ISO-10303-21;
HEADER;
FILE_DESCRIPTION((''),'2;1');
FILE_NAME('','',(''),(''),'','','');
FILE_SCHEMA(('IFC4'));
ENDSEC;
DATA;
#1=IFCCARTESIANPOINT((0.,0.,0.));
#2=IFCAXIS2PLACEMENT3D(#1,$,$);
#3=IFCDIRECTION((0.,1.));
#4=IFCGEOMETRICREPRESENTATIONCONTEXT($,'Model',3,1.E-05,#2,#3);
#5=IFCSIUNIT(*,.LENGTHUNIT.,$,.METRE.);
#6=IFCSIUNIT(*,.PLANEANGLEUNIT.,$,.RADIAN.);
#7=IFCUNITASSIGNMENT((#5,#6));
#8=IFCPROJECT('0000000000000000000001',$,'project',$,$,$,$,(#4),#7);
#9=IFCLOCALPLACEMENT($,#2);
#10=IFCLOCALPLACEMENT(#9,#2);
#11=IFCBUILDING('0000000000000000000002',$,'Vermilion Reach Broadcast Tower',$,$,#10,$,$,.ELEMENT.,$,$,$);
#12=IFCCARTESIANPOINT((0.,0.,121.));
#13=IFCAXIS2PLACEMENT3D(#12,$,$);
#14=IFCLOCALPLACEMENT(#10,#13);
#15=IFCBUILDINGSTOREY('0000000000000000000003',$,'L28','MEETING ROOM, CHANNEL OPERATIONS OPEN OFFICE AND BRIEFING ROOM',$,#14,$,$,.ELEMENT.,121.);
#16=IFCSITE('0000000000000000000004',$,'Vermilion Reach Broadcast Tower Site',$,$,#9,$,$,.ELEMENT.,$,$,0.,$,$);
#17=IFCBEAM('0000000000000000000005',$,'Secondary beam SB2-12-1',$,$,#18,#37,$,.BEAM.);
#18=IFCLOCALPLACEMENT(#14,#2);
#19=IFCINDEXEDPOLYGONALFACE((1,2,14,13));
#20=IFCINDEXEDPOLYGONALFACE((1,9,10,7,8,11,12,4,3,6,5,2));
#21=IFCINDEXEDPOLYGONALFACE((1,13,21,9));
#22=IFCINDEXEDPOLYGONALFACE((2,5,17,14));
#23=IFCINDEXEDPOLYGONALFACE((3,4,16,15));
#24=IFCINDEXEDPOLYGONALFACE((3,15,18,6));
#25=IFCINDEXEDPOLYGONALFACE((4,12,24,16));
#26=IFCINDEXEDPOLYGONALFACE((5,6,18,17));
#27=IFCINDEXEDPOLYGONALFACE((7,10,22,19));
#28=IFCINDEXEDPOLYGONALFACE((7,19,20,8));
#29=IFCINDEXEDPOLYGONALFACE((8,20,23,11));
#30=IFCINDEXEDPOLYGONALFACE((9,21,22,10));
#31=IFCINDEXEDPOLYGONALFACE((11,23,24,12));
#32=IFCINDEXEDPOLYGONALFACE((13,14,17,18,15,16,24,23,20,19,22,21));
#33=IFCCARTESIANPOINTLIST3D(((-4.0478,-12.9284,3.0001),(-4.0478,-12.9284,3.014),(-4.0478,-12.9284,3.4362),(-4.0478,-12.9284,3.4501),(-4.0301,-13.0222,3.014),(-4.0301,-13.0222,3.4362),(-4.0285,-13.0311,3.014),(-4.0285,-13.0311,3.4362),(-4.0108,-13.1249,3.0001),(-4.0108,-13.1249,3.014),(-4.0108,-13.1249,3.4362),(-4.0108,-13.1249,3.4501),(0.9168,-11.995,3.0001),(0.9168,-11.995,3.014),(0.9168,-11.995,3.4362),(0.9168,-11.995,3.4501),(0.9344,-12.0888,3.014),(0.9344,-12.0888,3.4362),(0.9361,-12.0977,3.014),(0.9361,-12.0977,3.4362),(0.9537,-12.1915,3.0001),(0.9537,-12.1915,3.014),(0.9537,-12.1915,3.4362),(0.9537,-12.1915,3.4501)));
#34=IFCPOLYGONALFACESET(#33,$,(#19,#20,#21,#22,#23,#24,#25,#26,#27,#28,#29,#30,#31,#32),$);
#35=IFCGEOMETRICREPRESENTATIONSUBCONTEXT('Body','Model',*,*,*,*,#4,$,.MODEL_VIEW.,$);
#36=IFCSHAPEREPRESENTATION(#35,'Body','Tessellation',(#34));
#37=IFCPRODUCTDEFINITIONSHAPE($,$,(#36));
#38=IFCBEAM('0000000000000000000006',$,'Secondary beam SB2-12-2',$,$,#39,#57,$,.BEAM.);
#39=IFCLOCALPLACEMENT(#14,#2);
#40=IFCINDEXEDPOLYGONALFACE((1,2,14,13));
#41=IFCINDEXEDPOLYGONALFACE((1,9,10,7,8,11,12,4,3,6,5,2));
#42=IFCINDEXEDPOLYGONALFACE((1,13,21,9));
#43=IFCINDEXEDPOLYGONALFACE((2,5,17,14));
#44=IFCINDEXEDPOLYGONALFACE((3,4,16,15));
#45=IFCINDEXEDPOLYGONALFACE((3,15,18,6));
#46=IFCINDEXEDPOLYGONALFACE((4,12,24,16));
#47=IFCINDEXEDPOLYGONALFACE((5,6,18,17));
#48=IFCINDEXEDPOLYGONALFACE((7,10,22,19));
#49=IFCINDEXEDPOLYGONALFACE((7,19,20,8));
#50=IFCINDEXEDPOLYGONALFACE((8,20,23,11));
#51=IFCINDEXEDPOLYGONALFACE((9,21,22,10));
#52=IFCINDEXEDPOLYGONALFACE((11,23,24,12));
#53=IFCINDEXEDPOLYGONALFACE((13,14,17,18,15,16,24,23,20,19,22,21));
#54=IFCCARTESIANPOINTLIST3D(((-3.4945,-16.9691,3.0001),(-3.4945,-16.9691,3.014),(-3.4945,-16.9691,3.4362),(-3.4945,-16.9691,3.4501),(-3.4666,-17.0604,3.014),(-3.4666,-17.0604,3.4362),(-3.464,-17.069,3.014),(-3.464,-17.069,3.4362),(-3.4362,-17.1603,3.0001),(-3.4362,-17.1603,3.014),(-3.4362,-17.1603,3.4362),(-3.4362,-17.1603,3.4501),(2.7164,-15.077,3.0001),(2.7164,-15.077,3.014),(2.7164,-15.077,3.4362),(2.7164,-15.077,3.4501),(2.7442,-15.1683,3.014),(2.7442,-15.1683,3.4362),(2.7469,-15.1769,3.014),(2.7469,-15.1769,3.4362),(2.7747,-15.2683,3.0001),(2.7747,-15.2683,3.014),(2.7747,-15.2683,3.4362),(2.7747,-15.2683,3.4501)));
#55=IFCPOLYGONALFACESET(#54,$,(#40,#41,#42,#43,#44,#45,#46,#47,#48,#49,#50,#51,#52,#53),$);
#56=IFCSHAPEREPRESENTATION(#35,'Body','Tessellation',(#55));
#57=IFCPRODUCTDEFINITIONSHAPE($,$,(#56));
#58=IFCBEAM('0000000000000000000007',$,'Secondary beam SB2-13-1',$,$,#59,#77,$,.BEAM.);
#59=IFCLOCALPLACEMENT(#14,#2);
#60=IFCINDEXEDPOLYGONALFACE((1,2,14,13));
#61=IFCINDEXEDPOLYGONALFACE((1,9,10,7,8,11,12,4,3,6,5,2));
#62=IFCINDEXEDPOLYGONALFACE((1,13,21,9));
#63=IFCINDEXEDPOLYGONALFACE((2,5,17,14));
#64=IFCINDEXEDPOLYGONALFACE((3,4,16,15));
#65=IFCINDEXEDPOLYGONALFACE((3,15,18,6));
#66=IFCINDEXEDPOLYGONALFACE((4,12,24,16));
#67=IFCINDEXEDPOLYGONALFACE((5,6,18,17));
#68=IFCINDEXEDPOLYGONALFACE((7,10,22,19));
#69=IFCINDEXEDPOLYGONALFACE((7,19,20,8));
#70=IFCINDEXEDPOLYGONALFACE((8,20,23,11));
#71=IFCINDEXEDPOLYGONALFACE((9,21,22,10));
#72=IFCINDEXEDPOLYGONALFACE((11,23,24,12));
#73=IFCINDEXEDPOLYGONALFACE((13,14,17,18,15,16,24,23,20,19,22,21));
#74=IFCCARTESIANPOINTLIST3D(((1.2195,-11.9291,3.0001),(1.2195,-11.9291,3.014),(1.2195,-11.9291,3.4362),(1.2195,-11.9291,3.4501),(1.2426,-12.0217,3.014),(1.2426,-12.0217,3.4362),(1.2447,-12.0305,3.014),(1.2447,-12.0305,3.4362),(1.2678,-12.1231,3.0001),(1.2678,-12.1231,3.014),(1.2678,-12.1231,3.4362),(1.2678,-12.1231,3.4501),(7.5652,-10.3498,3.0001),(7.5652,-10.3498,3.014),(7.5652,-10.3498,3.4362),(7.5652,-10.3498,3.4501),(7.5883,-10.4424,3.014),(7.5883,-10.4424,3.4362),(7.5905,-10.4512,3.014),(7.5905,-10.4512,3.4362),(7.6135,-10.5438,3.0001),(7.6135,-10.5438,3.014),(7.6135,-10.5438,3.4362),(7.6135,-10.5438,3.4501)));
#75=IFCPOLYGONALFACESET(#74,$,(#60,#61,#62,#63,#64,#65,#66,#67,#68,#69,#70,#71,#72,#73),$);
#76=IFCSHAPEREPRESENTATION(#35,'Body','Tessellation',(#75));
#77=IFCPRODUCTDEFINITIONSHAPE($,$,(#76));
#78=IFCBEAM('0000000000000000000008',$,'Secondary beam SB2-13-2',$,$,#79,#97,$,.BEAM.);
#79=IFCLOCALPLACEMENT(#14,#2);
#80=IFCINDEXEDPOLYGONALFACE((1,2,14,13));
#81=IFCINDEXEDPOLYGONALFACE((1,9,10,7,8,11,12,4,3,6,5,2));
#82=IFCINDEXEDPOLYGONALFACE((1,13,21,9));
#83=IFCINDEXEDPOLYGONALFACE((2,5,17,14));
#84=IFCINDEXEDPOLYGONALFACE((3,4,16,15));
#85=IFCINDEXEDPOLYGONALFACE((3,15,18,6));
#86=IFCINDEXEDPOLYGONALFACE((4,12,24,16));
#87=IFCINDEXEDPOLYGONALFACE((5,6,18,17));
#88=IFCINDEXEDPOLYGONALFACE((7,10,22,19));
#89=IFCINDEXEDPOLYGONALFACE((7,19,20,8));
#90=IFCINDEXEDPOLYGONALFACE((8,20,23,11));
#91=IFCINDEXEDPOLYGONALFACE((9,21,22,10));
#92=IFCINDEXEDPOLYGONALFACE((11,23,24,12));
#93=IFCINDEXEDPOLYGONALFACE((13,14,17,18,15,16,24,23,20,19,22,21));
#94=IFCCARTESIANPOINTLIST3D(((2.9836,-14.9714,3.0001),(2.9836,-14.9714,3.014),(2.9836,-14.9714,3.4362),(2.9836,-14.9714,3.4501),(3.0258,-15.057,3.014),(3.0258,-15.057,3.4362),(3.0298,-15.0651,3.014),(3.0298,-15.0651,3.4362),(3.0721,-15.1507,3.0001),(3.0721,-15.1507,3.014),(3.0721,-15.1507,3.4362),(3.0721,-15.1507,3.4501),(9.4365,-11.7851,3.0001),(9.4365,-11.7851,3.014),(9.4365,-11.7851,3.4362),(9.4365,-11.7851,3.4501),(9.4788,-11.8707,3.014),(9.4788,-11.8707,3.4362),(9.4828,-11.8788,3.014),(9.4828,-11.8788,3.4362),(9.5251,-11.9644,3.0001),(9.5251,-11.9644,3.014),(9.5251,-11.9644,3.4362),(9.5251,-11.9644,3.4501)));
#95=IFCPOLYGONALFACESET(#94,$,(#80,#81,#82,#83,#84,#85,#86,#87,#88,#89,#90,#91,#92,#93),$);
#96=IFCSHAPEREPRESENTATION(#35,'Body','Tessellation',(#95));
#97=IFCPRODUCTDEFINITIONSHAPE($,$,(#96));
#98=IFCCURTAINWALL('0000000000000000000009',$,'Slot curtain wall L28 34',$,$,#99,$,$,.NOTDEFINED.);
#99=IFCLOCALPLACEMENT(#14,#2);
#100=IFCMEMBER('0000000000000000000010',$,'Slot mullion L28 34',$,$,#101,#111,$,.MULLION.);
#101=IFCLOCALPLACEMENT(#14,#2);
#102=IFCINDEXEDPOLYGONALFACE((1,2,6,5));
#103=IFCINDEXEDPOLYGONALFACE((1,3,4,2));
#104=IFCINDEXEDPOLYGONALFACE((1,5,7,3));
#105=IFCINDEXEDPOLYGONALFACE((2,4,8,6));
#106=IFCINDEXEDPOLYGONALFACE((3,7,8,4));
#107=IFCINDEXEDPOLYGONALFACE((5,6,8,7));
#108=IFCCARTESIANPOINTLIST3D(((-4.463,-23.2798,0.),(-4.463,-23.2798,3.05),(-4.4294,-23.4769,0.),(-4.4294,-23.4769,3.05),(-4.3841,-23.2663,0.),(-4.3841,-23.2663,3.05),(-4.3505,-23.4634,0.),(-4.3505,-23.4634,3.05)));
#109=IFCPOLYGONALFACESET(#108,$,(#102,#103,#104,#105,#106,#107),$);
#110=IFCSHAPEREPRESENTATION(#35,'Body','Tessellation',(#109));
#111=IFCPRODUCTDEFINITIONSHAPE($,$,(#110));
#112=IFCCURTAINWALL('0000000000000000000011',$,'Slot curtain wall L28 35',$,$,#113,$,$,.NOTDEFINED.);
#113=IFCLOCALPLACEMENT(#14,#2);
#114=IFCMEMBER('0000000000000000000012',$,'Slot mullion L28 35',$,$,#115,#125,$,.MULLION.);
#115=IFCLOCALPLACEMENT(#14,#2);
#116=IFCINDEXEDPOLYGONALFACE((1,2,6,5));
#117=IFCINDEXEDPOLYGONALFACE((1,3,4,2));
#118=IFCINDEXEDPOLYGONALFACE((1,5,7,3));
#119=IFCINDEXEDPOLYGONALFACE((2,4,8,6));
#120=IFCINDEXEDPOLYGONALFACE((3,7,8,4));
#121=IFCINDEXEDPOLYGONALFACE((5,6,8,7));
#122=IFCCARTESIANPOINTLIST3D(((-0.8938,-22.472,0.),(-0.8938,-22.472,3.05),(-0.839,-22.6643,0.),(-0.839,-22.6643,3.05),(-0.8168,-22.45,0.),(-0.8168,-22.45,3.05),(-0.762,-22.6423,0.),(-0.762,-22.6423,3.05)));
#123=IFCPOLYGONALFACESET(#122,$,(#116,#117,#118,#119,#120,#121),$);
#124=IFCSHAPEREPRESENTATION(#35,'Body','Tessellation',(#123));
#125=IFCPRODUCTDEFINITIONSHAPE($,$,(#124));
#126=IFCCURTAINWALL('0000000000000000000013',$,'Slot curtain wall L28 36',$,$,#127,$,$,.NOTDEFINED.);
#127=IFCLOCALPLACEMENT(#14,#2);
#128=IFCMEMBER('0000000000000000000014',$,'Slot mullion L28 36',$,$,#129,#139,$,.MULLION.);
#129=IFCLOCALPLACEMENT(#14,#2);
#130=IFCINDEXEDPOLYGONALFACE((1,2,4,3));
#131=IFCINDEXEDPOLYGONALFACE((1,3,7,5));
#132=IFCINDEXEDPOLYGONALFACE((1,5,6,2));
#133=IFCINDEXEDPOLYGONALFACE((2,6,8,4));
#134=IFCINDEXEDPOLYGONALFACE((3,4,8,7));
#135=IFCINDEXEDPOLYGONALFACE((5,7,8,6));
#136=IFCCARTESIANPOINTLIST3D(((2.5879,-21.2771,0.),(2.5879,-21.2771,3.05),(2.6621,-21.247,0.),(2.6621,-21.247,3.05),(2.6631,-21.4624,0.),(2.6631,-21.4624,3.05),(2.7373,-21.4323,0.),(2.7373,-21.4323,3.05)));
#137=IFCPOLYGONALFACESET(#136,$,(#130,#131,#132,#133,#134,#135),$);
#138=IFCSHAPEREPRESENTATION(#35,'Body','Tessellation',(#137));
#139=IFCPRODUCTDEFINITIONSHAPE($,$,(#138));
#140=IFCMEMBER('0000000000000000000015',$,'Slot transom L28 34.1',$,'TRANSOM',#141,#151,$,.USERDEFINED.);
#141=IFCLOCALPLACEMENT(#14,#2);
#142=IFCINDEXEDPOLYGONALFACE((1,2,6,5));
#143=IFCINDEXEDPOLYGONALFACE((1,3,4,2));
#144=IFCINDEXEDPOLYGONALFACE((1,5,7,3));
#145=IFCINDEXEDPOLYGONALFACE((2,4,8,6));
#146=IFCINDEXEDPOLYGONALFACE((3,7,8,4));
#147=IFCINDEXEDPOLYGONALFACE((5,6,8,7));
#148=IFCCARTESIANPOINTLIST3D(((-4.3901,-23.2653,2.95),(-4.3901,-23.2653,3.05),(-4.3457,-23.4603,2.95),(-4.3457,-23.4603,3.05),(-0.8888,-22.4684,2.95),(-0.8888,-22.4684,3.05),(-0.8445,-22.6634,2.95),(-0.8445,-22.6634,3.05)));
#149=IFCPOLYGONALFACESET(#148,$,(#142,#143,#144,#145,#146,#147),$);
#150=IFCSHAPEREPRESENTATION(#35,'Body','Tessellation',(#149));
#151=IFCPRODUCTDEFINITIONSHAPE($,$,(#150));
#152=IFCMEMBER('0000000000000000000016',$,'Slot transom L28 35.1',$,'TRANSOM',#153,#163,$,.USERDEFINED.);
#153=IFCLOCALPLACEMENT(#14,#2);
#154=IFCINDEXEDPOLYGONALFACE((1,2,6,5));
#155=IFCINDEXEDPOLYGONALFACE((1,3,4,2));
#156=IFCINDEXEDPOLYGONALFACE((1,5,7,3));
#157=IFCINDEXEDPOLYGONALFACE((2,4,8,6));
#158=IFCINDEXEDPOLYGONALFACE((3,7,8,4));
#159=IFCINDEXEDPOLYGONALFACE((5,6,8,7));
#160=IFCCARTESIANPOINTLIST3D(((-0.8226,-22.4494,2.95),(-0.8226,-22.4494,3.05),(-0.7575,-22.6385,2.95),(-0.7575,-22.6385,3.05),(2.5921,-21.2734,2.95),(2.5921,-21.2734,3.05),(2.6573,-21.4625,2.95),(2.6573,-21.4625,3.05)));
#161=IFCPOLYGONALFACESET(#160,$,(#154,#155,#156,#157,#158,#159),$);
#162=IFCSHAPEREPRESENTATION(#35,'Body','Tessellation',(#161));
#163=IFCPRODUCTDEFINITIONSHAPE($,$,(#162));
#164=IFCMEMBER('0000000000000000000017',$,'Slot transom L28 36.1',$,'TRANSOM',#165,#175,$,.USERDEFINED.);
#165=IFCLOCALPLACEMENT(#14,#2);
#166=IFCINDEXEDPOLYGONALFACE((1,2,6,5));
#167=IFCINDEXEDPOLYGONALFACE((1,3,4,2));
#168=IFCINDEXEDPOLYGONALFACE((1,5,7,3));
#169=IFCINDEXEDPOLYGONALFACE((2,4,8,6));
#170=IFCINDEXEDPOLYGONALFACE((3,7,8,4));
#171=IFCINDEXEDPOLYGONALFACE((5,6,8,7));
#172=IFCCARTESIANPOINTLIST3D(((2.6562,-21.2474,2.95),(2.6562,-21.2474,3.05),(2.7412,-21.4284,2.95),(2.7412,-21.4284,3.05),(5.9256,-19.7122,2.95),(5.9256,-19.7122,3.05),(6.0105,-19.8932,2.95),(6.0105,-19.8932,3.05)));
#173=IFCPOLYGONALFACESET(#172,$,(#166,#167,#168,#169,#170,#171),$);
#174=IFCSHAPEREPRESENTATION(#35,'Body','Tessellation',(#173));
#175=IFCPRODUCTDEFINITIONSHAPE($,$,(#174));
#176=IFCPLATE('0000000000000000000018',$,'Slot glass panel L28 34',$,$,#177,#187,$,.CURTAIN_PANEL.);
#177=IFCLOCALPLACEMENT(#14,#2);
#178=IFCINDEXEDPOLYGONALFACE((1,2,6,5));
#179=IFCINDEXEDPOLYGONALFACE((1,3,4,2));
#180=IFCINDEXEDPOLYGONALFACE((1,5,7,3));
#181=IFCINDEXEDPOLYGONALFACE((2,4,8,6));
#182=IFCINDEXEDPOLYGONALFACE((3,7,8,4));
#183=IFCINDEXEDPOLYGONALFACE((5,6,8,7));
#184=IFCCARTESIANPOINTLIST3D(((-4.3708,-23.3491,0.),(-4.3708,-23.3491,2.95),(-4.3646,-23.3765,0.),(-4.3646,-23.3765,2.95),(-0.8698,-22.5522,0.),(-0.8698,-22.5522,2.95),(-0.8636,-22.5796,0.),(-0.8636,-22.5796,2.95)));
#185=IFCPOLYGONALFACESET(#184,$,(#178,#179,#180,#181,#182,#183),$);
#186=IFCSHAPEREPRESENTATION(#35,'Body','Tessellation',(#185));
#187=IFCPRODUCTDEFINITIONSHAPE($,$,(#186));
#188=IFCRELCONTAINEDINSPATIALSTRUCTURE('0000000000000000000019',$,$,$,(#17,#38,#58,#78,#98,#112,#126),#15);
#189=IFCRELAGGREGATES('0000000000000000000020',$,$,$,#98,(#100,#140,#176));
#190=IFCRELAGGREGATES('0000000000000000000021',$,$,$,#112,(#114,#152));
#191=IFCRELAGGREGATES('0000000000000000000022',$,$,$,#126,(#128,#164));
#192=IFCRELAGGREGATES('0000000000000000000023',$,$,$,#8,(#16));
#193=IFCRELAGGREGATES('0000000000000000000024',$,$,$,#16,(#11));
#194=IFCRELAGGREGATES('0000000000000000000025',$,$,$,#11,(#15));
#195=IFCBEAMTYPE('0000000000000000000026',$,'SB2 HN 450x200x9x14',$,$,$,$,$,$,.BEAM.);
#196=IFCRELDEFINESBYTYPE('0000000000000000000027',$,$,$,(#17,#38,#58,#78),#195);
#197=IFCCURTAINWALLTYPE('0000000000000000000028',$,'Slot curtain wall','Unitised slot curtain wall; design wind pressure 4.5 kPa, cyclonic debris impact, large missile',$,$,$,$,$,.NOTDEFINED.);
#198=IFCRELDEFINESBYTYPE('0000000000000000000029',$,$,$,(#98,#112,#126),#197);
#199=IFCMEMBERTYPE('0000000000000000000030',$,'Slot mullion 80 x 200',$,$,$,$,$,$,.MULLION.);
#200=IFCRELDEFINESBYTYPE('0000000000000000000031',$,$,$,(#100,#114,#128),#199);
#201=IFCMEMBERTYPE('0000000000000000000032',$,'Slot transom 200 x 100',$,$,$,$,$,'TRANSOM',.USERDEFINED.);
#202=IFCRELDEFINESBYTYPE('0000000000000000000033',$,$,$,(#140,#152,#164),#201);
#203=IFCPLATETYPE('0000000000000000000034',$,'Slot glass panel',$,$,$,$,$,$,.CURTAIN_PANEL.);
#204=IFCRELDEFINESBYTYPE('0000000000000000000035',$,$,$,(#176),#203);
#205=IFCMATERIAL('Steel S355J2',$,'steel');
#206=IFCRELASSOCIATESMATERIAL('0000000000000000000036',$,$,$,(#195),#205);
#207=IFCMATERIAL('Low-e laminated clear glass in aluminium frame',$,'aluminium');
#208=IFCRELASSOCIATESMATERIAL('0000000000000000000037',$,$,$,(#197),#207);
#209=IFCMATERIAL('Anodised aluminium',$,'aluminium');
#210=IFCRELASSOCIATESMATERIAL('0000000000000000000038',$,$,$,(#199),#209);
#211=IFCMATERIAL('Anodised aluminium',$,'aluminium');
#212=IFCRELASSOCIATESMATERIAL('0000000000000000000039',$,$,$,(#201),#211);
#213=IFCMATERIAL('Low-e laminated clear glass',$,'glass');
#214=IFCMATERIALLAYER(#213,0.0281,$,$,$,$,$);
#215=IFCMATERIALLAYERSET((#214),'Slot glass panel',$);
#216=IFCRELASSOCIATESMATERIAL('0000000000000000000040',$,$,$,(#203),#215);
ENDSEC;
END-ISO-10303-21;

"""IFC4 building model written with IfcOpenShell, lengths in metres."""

from ifc_helpers import new_model, si_unit, direction, frame, origin, origin_2d, place, context, subcontext, project, spatial, rectangle, i_section, extrude, material, layer, layer_set, material_profile, profile_set, type_object, element, aggregate, save


model = new_model("IFC4")

# Units and contexts
model_context = context("Model", 3, precision=1e-05, world=origin(), true_north=direction((0.0, 1.0)))
body_context = subcontext(model_context, "Body", "Model", "MODEL_VIEW")
ifc_project = project(units=[si_unit("LENGTHUNIT", "METRE"), si_unit("PLANEANGLEUNIT", "RADIAN")], contexts=[model_context])

# Site, building, storey
site_placement = place(None, origin())
site = spatial("IfcSite", under=ifc_project, at=site_placement, Name="Vermilion Reach Broadcast Tower Site", CompositionType="ELEMENT", RefElevation=0.0)
building_placement = place(site_placement, origin())
building = spatial("IfcBuilding", under=site, at=building_placement, Name="Vermilion Reach Broadcast Tower", CompositionType="ELEMENT")
storey_placement = place(building_placement, frame((0.0, 0.0, 121.0)))
storey = spatial("IfcBuildingStorey", under=building, at=storey_placement, Name="L28", Description="MEETING ROOM, CHANNEL OPERATIONS OPEN OFFICE AND BRIEFING ROOM", CompositionType="ELEMENT", Elevation=121.0)

# Beams
ifc_material_1 = material(Name="Steel S355J2", Category="steel")
ifc_material_profile_1 = material_profile(ifc_material_1, i_section(OverallWidth=0.2, OverallDepth=0.45, WebThickness=0.009, FlangeThickness=0.0139, at=origin_2d()), Name="S355J2 HN 450x200x9x14")
ifc_profile_set_1 = profile_set([ifc_material_profile_1], Name="Steel S355J2")
beam_type_1 = type_object("IfcBeamType", Name="SB2 HN 450x200x9x14", PredefinedType="BEAM", material=ifc_profile_set_1)
beam_1_placement = place(storey_placement, frame((-4.0293, -13.0266, 3.2251), z_axis=(0.982783, 0.184764, 0.0), x_axis=(-0.184764, 0.982783, 0.0)))
element("IfcBeam", 1, at=beam_1_placement, inside=storey, type_object=beam_type_1, Name="Secondary beam SB2-12-1", PredefinedType="BEAM", context=body_context, shape_type="SweptSolid", body=[
    extrude(i_section(OverallWidth=0.2, OverallDepth=0.45, WebThickness=0.009, FlangeThickness=0.0139, at=origin_2d()), origin(), (0.0, 0.0, 1.0), 5.0515),
])
beam_2_placement = place(storey_placement, frame((-3.4653, -17.0647, 3.2251), z_axis=(0.956596, 0.291416, 0.0), x_axis=(-0.291416, 0.956596, 0.0)))
element("IfcBeam", 2, at=beam_2_placement, inside=storey, type_object=beam_type_1, Name="Secondary beam SB2-12-2", PredefinedType="BEAM", context=body_context, shape_type="SweptSolid", body=[
    extrude(i_section(OverallWidth=0.2, OverallDepth=0.45, WebThickness=0.009, FlangeThickness=0.0139, at=origin_2d()), origin(), (0.0, 0.0, 1.0), 6.4927),
])
beam_3_placement = place(storey_placement, frame((1.2437, -12.0261, 3.2251), z_axis=(0.970397, 0.241516, 0.0), x_axis=(-0.241516, 0.970397, 0.0)))
element("IfcBeam", 3, at=beam_3_placement, inside=storey, type_object=beam_type_1, Name="Secondary beam SB2-13-1", PredefinedType="BEAM", context=body_context, shape_type="SweptSolid", body=[
    extrude(i_section(OverallWidth=0.2, OverallDepth=0.45, WebThickness=0.009, FlangeThickness=0.0139, at=origin_2d()), origin(), (0.0, 0.0, 1.0), 6.5393),
])
beam_4_placement = place(storey_placement, frame((3.0278, -15.061, 3.2251), z_axis=(0.896648, 0.442744, 0.0), x_axis=(-0.442744, 0.896648, 0.0)))
element("IfcBeam", 4, at=beam_4_placement, inside=storey, type_object=beam_type_1, Name="Secondary beam SB2-13-2", PredefinedType="BEAM", context=body_context, shape_type="SweptSolid", body=[
    extrude(i_section(OverallWidth=0.2, OverallDepth=0.45, WebThickness=0.009, FlangeThickness=0.0139, at=origin_2d()), origin(), (0.0, 0.0, 1.0), 7.1968),
])

# Curtain walls, members
ifc_material_2 = material(Name="Low-e laminated clear glass in aluminium frame", Category="aluminium")
curtain_wall_type = type_object("IfcCurtainWallType", Name="Slot curtain wall", Description="Unitised slot curtain wall; design wind pressure 4.5 kPa, cyclonic debris impact, large missile", PredefinedType="NOTDEFINED", material=ifc_material_2)
placement = place(storey_placement, origin())
curtain_wall_1 = element("IfcCurtainWall", 5, at=placement, inside=storey, type_object=curtain_wall_type, Name="Slot curtain wall L28 34", PredefinedType="NOTDEFINED")
ifc_material_3 = material(Name="Anodised aluminium", Category="aluminium")
ifc_material_profile_2 = material_profile(ifc_material_3, rectangle(XDim=0.2, YDim=0.0801, at=origin_2d()), Name="Slot mullion 80 x 200")
ifc_profile_set_2 = profile_set([ifc_material_profile_2], Name="Anodised aluminium")
member_type_1 = type_object("IfcMemberType", Name="Slot mullion 80 x 200", PredefinedType="MULLION", material=ifc_profile_set_2)
member_1_placement = place(storey_placement, frame((-4.4067, -23.3716, 0.0), z_axis=(0.0, 0.0, 1.0), x_axis=(-0.168128, 0.985765, 0.0)))
member_1 = element("IfcMember", 6, at=member_1_placement, type_object=member_type_1, Name="Slot mullion L28 34", PredefinedType="MULLION", context=body_context, shape_type="SweptSolid", body=[
    extrude(rectangle(XDim=0.2, YDim=0.0801, at=origin_2d()), origin(), (0.0, 0.0, 1.0), 3.05),
])
curtain_wall_2 = element("IfcCurtainWall", 7, at=placement, inside=storey, type_object=curtain_wall_type, Name="Slot curtain wall L28 35", PredefinedType="NOTDEFINED")
member_2_placement = place(storey_placement, frame((-0.8279, -22.5571, 0.0), z_axis=(0.0, 0.0, 1.0), x_axis=(-0.274195, 0.961674, 0.0)))
member_2 = element("IfcMember", 8, at=member_2_placement, type_object=member_type_1, Name="Slot mullion L28 35", PredefinedType="MULLION", context=body_context, shape_type="SweptSolid", body=[
    extrude(rectangle(XDim=0.2, YDim=0.0801, at=origin_2d()), origin(), (0.0, 0.0, 1.0), 3.05),
])
curtain_wall_3 = element("IfcCurtainWall", 9, at=placement, inside=storey, type_object=curtain_wall_type, Name="Slot curtain wall L28 36", PredefinedType="NOTDEFINED")
member_3_placement = place(storey_placement, frame((2.6626, -21.3547, 0.0), z_axis=(0.0, 0.0, 1.0), x_axis=(-0.375901, 0.92666, 0.0)))
member_3 = element("IfcMember", 10, at=member_3_placement, type_object=member_type_1, Name="Slot mullion L28 36", PredefinedType="MULLION", context=body_context, shape_type="SweptSolid", body=[
    extrude(rectangle(XDim=0.2, YDim=0.0801, at=origin_2d()), origin(), (0.0, 0.0, 1.0), 3.05),
])

# Members
ifc_material_4 = material(Name="Anodised aluminium", Category="aluminium")
ifc_material_profile_3 = material_profile(ifc_material_4, rectangle(XDim=0.2, YDim=0.1001, at=origin_2d()), Name="Slot transom 200 x 100")
ifc_profile_set_3 = profile_set([ifc_material_profile_3], Name="Anodised aluminium")
member_type_2 = type_object("IfcMemberType", Name="Slot transom 200 x 100", ElementType="TRANSOM", PredefinedType="USERDEFINED", material=ifc_profile_set_3)
member_4_placement = place(storey_placement, frame((-4.3679, -23.3628, 3.0), z_axis=(0.975064, 0.221924, 0.0), x_axis=(-0.221924, 0.975064, 0.0)))
member_4 = element("IfcMember", 11, at=member_4_placement, type_object=member_type_2, Name="Slot transom L28 34.1", ObjectType="TRANSOM", PredefinedType="USERDEFINED", context=body_context, shape_type="SweptSolid", body=[
    extrude(rectangle(XDim=0.2, YDim=0.1001, at=origin_2d()), origin(), (0.0, 0.0, 1.0), 3.5908),
])
member_5_placement = place(storey_placement, frame((-0.79, -22.5439, 3.0), z_axis=(0.9455, 0.325622, 0.0), x_axis=(-0.325622, 0.9455, 0.0)))
member_5 = element("IfcMember", 12, at=member_5_placement, type_object=member_type_2, Name="Slot transom L28 35.1", ObjectType="TRANSOM", PredefinedType="USERDEFINED", context=body_context, shape_type="SweptSolid", body=[
    extrude(rectangle(XDim=0.2, YDim=0.1001, at=origin_2d()), origin(), (0.0, 0.0, 1.0), 3.6116),
])
member_6_placement = place(storey_placement, frame((2.6987, -21.3379, 3.0), z_axis=(0.905174, 0.425042, 0.0), x_axis=(-0.425042, 0.905174, 0.0)))
member_6 = element("IfcMember", 13, at=member_6_placement, type_object=member_type_2, Name="Slot transom L28 36.1", ObjectType="TRANSOM", PredefinedType="USERDEFINED", context=body_context, shape_type="SweptSolid", body=[
    extrude(rectangle(XDim=0.2, YDim=0.1001, at=origin_2d()), origin(), (0.0, 0.0, 1.0), 3.6118),
])

# Plate
ifc_material_5 = material(Name="Low-e laminated clear glass", Category="glass")
ifc_layer_1 = layer(ifc_material_5, 0.0281)
ifc_layer_set_1 = layer_set([ifc_layer_1], Name="Slot glass panel")
plate_type = type_object("IfcPlateType", Name="Slot glass panel", PredefinedType="CURTAIN_PANEL", material=ifc_layer_set_1)
plate_1_placement = place(storey_placement, frame((-2.6172, -22.9644, 0.0), z_axis=(0.0, 0.0, 1.0), x_axis=(0.975062, 0.221931, 0.0)))
plate_1 = element("IfcPlate", 14, at=plate_1_placement, type_object=plate_type, Name="Slot glass panel L28 34", PredefinedType="CURTAIN_PANEL", context=body_context, shape_type="SweptSolid", body=[
    extrude(rectangle(XDim=3.5906, YDim=0.0281, at=origin_2d()), origin(), (0.0, 0.0, 1.0), 2.95),
])
aggregate(curtain_wall_1, [member_1, member_4, plate_1])
aggregate(curtain_wall_2, [member_2, member_5])
aggregate(curtain_wall_3, [member_3, member_6])

save(model, "model.ifc")
